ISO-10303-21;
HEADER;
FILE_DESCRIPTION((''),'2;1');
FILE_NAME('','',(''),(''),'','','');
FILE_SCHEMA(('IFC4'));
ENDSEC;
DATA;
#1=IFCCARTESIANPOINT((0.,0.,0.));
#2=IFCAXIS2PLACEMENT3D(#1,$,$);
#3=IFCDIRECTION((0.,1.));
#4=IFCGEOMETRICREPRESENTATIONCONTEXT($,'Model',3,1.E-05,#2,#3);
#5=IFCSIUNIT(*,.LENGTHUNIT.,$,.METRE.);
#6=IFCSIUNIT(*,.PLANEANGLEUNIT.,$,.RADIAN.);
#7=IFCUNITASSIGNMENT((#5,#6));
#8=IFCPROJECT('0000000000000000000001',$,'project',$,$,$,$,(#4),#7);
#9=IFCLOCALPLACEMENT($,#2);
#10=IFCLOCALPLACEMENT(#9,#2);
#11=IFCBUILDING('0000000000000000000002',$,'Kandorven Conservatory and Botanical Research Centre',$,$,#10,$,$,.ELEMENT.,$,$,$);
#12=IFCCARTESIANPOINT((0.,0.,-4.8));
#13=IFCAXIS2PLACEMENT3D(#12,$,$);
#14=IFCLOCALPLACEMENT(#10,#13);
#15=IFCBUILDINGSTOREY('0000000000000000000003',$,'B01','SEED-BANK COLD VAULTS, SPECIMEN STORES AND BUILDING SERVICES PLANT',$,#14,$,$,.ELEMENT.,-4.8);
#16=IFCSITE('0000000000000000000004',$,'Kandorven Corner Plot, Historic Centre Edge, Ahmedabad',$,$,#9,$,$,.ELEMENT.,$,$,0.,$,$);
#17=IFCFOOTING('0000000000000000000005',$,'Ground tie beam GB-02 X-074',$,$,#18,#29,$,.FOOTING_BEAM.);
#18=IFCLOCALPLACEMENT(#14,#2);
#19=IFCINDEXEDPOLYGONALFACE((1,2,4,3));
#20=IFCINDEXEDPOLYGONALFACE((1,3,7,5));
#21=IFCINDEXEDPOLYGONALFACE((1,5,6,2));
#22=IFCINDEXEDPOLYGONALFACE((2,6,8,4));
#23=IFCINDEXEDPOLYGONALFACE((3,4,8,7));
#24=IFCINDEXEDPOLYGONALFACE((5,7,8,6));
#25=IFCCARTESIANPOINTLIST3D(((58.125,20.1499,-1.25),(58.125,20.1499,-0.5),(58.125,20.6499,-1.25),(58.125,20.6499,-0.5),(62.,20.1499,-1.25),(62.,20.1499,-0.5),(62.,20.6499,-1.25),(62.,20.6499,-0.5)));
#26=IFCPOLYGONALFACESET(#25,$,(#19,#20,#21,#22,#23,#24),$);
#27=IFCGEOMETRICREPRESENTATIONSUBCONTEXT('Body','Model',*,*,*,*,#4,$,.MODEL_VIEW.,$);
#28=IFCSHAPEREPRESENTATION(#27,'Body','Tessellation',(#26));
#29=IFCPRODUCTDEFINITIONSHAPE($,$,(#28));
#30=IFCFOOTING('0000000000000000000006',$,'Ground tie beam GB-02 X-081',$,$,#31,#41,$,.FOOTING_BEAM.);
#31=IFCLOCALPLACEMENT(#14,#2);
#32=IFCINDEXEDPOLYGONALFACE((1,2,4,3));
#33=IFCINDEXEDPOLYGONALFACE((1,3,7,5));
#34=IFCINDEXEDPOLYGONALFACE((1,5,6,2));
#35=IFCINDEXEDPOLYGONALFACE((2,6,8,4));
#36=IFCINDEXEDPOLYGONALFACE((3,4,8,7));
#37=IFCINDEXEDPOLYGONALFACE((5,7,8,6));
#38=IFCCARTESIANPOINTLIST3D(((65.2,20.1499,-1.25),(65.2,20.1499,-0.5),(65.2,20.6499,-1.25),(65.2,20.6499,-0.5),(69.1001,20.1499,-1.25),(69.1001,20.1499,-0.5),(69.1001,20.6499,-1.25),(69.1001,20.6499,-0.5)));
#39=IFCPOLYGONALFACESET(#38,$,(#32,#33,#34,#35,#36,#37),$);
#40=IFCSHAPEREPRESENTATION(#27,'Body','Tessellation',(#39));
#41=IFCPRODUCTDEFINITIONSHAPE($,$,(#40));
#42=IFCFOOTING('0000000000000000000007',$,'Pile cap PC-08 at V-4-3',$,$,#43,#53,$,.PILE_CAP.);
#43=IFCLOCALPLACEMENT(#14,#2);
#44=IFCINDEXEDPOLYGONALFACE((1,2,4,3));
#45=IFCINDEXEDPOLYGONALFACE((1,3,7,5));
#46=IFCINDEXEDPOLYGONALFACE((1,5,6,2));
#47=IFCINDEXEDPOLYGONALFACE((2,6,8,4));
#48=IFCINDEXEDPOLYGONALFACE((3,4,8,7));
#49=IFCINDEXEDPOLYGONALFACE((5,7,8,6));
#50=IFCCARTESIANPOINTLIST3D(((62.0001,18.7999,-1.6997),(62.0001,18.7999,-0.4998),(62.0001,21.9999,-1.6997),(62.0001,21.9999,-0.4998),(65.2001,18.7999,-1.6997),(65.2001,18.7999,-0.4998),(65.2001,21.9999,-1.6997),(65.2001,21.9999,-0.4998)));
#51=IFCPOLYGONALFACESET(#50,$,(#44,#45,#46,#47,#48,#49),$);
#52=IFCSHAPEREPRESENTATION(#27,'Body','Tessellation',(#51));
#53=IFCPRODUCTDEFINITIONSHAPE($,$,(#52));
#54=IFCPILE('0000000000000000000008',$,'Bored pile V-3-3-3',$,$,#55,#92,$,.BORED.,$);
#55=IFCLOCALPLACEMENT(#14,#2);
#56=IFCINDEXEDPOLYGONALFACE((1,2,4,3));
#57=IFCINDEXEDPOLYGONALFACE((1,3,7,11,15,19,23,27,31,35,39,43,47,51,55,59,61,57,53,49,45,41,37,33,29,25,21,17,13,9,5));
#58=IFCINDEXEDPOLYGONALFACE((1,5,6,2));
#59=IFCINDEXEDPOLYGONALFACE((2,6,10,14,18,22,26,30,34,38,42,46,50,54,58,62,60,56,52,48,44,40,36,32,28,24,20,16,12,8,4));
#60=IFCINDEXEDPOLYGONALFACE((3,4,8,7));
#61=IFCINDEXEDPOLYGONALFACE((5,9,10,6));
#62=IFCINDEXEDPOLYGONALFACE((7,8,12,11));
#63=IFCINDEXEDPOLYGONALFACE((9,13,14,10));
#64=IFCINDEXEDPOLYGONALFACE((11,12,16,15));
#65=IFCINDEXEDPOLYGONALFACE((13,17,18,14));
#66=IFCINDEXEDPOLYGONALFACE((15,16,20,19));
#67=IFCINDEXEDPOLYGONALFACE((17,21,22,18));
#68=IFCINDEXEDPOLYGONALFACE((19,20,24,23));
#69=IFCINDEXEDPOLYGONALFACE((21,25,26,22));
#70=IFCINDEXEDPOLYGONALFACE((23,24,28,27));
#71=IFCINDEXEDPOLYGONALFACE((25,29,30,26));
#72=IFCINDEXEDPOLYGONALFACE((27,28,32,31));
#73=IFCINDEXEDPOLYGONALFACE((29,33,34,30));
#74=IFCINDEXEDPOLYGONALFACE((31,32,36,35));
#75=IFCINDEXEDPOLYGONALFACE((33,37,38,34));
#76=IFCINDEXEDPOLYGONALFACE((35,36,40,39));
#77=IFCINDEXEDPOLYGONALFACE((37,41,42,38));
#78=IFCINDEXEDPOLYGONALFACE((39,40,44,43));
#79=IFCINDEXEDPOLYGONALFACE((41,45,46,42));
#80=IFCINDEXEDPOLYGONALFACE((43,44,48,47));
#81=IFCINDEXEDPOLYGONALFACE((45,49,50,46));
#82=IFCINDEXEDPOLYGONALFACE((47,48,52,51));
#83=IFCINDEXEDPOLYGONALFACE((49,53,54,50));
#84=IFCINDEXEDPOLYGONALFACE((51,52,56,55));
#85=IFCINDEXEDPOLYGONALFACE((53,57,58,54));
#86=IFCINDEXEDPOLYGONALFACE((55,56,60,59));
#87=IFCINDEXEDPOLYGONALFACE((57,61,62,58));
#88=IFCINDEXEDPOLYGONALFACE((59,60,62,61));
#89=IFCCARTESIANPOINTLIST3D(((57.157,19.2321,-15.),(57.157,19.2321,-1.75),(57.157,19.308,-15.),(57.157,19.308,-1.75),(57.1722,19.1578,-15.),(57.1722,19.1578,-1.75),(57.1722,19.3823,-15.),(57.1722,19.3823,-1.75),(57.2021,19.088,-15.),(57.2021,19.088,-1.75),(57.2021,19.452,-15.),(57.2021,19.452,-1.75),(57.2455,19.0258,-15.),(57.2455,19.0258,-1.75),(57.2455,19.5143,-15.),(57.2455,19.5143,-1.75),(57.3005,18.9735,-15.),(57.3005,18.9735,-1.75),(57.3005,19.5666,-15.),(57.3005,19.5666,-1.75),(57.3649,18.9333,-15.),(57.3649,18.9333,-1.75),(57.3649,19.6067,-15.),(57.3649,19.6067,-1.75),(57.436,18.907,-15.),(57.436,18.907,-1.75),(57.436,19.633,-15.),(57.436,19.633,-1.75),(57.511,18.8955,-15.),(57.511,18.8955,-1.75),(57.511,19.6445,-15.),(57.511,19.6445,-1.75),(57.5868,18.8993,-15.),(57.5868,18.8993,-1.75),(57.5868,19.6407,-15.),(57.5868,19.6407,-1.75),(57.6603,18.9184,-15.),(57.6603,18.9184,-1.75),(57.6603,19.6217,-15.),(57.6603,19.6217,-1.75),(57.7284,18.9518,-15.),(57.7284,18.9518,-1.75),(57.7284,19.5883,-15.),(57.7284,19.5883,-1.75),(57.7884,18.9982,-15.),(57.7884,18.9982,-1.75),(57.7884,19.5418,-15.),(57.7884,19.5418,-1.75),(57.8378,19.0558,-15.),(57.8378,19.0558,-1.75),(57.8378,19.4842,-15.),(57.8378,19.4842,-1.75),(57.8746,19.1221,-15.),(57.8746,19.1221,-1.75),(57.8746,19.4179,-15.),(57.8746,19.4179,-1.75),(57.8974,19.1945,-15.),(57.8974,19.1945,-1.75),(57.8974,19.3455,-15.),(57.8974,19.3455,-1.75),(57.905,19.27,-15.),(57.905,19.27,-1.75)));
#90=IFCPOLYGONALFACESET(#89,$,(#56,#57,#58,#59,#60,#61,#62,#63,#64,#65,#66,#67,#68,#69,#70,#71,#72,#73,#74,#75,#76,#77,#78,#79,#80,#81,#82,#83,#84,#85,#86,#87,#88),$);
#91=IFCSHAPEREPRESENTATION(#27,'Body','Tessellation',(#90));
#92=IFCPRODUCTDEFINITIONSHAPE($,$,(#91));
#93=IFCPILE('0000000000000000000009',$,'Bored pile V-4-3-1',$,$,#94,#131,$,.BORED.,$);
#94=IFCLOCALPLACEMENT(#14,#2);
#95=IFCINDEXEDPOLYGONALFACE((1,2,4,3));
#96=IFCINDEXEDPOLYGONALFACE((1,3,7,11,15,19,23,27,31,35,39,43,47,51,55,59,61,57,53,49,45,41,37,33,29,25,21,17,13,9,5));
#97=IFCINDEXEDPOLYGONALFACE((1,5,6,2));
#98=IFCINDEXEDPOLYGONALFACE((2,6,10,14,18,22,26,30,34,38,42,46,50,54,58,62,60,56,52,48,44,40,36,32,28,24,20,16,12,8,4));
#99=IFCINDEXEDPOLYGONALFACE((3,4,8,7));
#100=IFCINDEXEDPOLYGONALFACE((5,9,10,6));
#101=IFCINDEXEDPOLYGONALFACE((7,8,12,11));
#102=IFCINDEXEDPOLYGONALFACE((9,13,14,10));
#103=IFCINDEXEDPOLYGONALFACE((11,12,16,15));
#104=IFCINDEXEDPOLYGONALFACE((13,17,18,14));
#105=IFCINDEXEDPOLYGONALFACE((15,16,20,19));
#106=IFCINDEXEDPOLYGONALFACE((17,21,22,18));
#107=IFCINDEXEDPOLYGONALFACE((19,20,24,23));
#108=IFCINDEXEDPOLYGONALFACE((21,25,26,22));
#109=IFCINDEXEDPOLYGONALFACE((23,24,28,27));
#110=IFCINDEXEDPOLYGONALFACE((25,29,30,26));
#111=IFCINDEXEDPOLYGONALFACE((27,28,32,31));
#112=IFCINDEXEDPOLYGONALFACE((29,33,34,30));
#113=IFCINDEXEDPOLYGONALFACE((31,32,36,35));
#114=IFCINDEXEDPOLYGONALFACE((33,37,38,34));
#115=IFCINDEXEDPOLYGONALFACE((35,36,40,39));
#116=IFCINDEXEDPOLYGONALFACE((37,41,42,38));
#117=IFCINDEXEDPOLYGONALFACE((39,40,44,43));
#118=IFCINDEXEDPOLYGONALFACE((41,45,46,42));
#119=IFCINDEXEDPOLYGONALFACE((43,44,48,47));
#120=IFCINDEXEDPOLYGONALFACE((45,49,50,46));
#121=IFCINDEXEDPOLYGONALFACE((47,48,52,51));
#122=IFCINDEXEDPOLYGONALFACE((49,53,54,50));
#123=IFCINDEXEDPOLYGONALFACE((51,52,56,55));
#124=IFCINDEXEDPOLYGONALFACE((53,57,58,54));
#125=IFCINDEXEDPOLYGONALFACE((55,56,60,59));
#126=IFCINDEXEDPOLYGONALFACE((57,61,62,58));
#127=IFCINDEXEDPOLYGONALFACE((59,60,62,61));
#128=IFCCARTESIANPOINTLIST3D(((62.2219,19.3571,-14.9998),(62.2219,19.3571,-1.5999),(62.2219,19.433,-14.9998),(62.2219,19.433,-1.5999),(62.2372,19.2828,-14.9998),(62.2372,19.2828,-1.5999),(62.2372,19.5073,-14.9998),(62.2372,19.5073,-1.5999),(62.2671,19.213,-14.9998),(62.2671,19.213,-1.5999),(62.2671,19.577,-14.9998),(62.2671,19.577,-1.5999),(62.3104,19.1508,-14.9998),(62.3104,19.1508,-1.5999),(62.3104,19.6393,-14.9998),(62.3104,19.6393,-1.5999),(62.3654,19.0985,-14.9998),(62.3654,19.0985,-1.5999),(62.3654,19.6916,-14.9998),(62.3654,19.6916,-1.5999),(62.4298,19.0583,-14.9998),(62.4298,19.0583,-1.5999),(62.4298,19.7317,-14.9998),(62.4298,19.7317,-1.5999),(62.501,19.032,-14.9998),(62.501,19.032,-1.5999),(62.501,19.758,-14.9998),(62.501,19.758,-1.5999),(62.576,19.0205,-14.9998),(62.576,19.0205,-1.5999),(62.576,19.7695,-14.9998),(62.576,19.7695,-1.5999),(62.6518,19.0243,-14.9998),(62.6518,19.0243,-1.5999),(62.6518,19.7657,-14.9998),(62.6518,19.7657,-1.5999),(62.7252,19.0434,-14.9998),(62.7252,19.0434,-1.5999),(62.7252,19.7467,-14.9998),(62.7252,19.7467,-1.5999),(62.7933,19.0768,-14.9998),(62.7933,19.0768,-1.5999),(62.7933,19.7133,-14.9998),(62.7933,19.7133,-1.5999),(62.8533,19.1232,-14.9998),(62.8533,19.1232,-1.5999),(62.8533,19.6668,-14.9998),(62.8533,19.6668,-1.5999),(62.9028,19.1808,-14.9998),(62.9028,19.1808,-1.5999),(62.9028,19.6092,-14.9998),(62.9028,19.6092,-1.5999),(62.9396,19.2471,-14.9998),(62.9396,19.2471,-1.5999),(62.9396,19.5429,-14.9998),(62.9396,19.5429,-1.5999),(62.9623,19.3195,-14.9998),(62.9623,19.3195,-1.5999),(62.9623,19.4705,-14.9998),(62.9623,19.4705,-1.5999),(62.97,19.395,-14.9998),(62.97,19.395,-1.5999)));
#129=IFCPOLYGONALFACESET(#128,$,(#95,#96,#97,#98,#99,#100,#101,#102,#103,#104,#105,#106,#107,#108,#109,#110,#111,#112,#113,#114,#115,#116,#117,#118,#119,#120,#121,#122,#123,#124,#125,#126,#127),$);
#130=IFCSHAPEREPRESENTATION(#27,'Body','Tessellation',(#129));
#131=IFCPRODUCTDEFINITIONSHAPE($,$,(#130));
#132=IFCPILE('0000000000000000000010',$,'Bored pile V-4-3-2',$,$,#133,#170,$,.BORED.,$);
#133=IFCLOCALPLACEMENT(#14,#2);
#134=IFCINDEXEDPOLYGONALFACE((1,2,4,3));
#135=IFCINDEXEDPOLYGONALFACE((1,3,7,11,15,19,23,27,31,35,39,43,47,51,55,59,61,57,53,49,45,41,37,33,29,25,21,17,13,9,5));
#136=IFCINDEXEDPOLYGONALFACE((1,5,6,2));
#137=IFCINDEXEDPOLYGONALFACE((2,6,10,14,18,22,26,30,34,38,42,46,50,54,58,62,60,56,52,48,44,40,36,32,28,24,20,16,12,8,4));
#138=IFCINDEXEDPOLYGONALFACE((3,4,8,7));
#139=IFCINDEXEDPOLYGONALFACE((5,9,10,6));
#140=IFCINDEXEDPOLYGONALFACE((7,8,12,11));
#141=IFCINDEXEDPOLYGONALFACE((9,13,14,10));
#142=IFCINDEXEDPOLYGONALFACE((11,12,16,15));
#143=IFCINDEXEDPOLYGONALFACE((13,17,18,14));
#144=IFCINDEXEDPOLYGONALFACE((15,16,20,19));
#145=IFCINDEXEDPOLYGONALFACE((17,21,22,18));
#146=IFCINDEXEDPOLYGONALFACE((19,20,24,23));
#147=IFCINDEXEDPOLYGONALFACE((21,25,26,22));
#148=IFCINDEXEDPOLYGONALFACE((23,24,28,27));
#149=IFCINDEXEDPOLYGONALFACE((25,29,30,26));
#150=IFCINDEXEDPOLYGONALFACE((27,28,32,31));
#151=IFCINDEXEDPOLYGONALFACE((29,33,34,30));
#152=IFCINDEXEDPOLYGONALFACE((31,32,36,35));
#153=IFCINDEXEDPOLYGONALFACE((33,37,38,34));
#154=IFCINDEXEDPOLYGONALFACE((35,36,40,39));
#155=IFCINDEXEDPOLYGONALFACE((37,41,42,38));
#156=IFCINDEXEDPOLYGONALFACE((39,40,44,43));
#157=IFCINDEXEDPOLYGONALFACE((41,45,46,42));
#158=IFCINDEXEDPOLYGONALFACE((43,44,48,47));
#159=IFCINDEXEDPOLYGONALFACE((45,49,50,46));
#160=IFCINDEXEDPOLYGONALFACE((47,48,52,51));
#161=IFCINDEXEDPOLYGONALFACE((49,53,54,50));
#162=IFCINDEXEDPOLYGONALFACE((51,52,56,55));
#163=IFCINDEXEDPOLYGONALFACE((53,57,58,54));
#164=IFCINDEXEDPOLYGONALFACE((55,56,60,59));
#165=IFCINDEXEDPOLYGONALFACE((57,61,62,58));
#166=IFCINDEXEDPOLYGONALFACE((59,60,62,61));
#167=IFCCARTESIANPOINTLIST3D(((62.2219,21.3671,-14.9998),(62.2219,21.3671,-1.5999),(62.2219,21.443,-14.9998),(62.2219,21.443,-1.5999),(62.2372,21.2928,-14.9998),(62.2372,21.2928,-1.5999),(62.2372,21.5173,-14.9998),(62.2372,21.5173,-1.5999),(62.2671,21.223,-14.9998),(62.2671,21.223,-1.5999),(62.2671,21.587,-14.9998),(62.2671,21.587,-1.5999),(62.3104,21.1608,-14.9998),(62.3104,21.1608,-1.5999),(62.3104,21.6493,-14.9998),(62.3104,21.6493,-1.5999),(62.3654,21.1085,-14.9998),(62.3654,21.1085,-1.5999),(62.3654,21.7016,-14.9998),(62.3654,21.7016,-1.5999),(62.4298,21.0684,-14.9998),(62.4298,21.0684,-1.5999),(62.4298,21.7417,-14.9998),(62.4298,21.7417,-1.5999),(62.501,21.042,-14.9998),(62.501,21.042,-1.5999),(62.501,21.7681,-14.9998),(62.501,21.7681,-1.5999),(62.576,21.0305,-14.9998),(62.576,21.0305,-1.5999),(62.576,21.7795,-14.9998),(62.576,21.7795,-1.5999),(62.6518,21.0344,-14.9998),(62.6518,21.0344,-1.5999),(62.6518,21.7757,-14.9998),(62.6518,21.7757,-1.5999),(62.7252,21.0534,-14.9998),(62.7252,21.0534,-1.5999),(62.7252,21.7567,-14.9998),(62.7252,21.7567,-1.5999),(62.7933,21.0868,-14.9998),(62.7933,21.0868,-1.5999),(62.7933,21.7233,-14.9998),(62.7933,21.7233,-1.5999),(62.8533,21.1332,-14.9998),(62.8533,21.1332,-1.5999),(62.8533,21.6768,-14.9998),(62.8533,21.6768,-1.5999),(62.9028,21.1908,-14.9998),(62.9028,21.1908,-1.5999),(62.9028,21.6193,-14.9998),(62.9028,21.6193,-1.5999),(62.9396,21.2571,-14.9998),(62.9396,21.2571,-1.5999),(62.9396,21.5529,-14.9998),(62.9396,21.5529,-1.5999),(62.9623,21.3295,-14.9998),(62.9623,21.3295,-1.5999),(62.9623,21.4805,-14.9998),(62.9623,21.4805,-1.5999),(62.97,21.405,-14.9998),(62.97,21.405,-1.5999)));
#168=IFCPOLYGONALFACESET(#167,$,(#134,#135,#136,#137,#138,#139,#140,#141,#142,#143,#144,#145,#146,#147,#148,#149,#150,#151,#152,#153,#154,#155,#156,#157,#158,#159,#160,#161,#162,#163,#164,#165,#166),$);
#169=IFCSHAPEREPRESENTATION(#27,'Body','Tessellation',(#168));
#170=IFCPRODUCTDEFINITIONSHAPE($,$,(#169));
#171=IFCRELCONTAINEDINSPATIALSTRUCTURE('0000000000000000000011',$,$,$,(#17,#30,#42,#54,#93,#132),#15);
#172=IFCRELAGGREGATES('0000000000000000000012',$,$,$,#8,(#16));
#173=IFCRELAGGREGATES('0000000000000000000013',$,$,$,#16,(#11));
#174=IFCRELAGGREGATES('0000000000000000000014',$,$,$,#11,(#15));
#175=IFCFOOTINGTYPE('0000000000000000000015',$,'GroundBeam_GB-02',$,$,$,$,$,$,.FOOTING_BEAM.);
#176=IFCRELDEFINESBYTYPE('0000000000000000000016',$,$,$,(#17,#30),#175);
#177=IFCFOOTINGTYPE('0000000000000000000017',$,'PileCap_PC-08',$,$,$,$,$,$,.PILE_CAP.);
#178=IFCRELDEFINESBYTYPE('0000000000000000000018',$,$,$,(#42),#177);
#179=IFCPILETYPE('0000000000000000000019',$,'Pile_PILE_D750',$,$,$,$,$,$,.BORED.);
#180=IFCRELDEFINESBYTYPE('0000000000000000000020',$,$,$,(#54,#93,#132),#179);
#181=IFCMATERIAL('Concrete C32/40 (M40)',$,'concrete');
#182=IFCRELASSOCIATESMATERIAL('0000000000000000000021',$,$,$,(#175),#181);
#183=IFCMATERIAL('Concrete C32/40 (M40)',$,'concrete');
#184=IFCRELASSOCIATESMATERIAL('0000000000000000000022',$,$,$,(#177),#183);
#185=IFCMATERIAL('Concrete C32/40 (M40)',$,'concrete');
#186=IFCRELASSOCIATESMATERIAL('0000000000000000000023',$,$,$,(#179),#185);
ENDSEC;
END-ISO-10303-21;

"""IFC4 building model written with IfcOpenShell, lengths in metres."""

from ifc_helpers import new_model, si_unit, direction, frame, origin, origin_2d, place, context, subcontext, project, spatial, rectangle, circle, extrude, material, material_profile, profile_set, type_object, element, save


model = new_model("IFC4")

# Units and contexts
model_context = context("Model", 3, precision=1e-05, world=origin(), true_north=direction((0.0, 1.0)))
body_context = subcontext(model_context, "Body", "Model", "MODEL_VIEW")
ifc_project = project(units=[si_unit("LENGTHUNIT", "METRE"), si_unit("PLANEANGLEUNIT", "RADIAN")], contexts=[model_context])

# Site, building, storey
site_placement = place(None, origin())
site = spatial("IfcSite", under=ifc_project, at=site_placement, Name="Kandorven Corner Plot, Historic Centre Edge, Ahmedabad", CompositionType="ELEMENT", RefElevation=0.0)
building_placement = place(site_placement, origin())
building = spatial("IfcBuilding", under=site, at=building_placement, Name="Kandorven Conservatory and Botanical Research Centre", CompositionType="ELEMENT")
storey_placement = place(building_placement, frame((0.0, 0.0, -4.8)))
storey = spatial("IfcBuildingStorey", under=building, at=storey_placement, Name="B01", Description="SEED-BANK COLD VAULTS, SPECIMEN STORES AND BUILDING SERVICES PLANT", CompositionType="ELEMENT", Elevation=-4.8)

# Footings
ifc_material_1 = material(Name="Concrete C32/40 (M40)", Category="concrete")
ifc_material_profile_1 = material_profile(ifc_material_1, rectangle(XDim=0.5, YDim=0.75, at=origin_2d()))
ifc_profile_set_1 = profile_set([ifc_material_profile_1], Name="Concrete C32/40 (M40)")
footing_type_1 = type_object("IfcFootingType", Name="GroundBeam_GB-02", PredefinedType="FOOTING_BEAM", material=ifc_profile_set_1)
footing_1_placement = place(storey_placement, frame((58.125, 20.3999, -0.875), z_axis=(1.0, 0.0, 0.0), x_axis=(0.0, 1.0, 0.0)))
element("IfcFooting", 1, at=footing_1_placement, inside=storey, type_object=footing_type_1, Name="Ground tie beam GB-02 X-074", PredefinedType="FOOTING_BEAM", context=body_context, shape_type="SweptSolid", body=[
    extrude(rectangle(XDim=0.5, YDim=0.75, at=origin_2d()), origin(), (0.0, 0.0, 1.0), 3.875),
])
footing_2_placement = place(storey_placement, frame((65.2, 20.3999, -0.875), z_axis=(1.0, 0.0, 0.0), x_axis=(0.0, 1.0, 0.0)))
element("IfcFooting", 2, at=footing_2_placement, inside=storey, type_object=footing_type_1, Name="Ground tie beam GB-02 X-081", PredefinedType="FOOTING_BEAM", context=body_context, shape_type="SweptSolid", body=[
    extrude(rectangle(XDim=0.5, YDim=0.75, at=origin_2d()), origin(), (0.0, 0.0, 1.0), 3.9001),
])
ifc_material_2 = material(Name="Concrete C32/40 (M40)", Category="concrete")
footing_type_2 = type_object("IfcFootingType", Name="PileCap_PC-08", PredefinedType="PILE_CAP", material=ifc_material_2)
footing_3_placement = place(storey_placement, frame((63.6001, 20.3999, -1.6997), z_axis=(0.0, 0.0, 1.0), x_axis=(1.0, 0.0, 0.0)))
element("IfcFooting", 3, at=footing_3_placement, inside=storey, type_object=footing_type_2, Name="Pile cap PC-08 at V-4-3", PredefinedType="PILE_CAP", context=body_context, shape_type="SweptSolid", body=[
    extrude(rectangle(XDim=3.2, YDim=3.2, at=origin_2d()), origin(), (0.0, 0.0, 1.0), 1.2),
])

# Piles
ifc_material_3 = material(Name="Concrete C32/40 (M40)", Category="concrete")
ifc_material_profile_2 = material_profile(ifc_material_3, circle(Radius=0.375, at=origin_2d()))
ifc_profile_set_2 = profile_set([ifc_material_profile_2], Name="Concrete C32/40 (M40)")
pile_type = type_object("IfcPileType", Name="Pile_PILE_D750", PredefinedType="BORED", material=ifc_profile_set_2)
pile_placement = place(storey_placement, frame((57.53, 19.27, -1.75), z_axis=(0.0, 0.0, -1.0), x_axis=(1.0, 0.0, 0.0)))
element("IfcPile", 4, at=pile_placement, inside=storey, type_object=pile_type, Name="Bored pile V-3-3-3", PredefinedType="BORED", context=body_context, shape_type="SweptSolid", body=[
    extrude(circle(Radius=0.375, at=origin_2d()), origin(), (0.0, 0.0, 1.0), 13.25),
])
for number, where, z_axis, x_axis, name in (
    (5, (62.595, 19.395, -1.5999), (0.0, 0.0, -1.0), (1.0, 0.0, 0.0), "Bored pile V-4-3-1"),
    (6, (62.595, 21.405, -1.5999), (0.0, 0.0, -1.0), (1.0, 0.0, 0.0), "Bored pile V-4-3-2"),
):
    element("IfcPile", number, at=place(storey_placement, frame(where, z_axis=z_axis, x_axis=x_axis)), inside=storey, type_object=pile_type, Name=name, PredefinedType="BORED", context=body_context, shape_type="SweptSolid", body=[
        extrude(circle(Radius=0.375, at=origin_2d()), origin(), (0.0, 0.0, 1.0), 13.3999),
    ])

save(model, "model.ifc")
